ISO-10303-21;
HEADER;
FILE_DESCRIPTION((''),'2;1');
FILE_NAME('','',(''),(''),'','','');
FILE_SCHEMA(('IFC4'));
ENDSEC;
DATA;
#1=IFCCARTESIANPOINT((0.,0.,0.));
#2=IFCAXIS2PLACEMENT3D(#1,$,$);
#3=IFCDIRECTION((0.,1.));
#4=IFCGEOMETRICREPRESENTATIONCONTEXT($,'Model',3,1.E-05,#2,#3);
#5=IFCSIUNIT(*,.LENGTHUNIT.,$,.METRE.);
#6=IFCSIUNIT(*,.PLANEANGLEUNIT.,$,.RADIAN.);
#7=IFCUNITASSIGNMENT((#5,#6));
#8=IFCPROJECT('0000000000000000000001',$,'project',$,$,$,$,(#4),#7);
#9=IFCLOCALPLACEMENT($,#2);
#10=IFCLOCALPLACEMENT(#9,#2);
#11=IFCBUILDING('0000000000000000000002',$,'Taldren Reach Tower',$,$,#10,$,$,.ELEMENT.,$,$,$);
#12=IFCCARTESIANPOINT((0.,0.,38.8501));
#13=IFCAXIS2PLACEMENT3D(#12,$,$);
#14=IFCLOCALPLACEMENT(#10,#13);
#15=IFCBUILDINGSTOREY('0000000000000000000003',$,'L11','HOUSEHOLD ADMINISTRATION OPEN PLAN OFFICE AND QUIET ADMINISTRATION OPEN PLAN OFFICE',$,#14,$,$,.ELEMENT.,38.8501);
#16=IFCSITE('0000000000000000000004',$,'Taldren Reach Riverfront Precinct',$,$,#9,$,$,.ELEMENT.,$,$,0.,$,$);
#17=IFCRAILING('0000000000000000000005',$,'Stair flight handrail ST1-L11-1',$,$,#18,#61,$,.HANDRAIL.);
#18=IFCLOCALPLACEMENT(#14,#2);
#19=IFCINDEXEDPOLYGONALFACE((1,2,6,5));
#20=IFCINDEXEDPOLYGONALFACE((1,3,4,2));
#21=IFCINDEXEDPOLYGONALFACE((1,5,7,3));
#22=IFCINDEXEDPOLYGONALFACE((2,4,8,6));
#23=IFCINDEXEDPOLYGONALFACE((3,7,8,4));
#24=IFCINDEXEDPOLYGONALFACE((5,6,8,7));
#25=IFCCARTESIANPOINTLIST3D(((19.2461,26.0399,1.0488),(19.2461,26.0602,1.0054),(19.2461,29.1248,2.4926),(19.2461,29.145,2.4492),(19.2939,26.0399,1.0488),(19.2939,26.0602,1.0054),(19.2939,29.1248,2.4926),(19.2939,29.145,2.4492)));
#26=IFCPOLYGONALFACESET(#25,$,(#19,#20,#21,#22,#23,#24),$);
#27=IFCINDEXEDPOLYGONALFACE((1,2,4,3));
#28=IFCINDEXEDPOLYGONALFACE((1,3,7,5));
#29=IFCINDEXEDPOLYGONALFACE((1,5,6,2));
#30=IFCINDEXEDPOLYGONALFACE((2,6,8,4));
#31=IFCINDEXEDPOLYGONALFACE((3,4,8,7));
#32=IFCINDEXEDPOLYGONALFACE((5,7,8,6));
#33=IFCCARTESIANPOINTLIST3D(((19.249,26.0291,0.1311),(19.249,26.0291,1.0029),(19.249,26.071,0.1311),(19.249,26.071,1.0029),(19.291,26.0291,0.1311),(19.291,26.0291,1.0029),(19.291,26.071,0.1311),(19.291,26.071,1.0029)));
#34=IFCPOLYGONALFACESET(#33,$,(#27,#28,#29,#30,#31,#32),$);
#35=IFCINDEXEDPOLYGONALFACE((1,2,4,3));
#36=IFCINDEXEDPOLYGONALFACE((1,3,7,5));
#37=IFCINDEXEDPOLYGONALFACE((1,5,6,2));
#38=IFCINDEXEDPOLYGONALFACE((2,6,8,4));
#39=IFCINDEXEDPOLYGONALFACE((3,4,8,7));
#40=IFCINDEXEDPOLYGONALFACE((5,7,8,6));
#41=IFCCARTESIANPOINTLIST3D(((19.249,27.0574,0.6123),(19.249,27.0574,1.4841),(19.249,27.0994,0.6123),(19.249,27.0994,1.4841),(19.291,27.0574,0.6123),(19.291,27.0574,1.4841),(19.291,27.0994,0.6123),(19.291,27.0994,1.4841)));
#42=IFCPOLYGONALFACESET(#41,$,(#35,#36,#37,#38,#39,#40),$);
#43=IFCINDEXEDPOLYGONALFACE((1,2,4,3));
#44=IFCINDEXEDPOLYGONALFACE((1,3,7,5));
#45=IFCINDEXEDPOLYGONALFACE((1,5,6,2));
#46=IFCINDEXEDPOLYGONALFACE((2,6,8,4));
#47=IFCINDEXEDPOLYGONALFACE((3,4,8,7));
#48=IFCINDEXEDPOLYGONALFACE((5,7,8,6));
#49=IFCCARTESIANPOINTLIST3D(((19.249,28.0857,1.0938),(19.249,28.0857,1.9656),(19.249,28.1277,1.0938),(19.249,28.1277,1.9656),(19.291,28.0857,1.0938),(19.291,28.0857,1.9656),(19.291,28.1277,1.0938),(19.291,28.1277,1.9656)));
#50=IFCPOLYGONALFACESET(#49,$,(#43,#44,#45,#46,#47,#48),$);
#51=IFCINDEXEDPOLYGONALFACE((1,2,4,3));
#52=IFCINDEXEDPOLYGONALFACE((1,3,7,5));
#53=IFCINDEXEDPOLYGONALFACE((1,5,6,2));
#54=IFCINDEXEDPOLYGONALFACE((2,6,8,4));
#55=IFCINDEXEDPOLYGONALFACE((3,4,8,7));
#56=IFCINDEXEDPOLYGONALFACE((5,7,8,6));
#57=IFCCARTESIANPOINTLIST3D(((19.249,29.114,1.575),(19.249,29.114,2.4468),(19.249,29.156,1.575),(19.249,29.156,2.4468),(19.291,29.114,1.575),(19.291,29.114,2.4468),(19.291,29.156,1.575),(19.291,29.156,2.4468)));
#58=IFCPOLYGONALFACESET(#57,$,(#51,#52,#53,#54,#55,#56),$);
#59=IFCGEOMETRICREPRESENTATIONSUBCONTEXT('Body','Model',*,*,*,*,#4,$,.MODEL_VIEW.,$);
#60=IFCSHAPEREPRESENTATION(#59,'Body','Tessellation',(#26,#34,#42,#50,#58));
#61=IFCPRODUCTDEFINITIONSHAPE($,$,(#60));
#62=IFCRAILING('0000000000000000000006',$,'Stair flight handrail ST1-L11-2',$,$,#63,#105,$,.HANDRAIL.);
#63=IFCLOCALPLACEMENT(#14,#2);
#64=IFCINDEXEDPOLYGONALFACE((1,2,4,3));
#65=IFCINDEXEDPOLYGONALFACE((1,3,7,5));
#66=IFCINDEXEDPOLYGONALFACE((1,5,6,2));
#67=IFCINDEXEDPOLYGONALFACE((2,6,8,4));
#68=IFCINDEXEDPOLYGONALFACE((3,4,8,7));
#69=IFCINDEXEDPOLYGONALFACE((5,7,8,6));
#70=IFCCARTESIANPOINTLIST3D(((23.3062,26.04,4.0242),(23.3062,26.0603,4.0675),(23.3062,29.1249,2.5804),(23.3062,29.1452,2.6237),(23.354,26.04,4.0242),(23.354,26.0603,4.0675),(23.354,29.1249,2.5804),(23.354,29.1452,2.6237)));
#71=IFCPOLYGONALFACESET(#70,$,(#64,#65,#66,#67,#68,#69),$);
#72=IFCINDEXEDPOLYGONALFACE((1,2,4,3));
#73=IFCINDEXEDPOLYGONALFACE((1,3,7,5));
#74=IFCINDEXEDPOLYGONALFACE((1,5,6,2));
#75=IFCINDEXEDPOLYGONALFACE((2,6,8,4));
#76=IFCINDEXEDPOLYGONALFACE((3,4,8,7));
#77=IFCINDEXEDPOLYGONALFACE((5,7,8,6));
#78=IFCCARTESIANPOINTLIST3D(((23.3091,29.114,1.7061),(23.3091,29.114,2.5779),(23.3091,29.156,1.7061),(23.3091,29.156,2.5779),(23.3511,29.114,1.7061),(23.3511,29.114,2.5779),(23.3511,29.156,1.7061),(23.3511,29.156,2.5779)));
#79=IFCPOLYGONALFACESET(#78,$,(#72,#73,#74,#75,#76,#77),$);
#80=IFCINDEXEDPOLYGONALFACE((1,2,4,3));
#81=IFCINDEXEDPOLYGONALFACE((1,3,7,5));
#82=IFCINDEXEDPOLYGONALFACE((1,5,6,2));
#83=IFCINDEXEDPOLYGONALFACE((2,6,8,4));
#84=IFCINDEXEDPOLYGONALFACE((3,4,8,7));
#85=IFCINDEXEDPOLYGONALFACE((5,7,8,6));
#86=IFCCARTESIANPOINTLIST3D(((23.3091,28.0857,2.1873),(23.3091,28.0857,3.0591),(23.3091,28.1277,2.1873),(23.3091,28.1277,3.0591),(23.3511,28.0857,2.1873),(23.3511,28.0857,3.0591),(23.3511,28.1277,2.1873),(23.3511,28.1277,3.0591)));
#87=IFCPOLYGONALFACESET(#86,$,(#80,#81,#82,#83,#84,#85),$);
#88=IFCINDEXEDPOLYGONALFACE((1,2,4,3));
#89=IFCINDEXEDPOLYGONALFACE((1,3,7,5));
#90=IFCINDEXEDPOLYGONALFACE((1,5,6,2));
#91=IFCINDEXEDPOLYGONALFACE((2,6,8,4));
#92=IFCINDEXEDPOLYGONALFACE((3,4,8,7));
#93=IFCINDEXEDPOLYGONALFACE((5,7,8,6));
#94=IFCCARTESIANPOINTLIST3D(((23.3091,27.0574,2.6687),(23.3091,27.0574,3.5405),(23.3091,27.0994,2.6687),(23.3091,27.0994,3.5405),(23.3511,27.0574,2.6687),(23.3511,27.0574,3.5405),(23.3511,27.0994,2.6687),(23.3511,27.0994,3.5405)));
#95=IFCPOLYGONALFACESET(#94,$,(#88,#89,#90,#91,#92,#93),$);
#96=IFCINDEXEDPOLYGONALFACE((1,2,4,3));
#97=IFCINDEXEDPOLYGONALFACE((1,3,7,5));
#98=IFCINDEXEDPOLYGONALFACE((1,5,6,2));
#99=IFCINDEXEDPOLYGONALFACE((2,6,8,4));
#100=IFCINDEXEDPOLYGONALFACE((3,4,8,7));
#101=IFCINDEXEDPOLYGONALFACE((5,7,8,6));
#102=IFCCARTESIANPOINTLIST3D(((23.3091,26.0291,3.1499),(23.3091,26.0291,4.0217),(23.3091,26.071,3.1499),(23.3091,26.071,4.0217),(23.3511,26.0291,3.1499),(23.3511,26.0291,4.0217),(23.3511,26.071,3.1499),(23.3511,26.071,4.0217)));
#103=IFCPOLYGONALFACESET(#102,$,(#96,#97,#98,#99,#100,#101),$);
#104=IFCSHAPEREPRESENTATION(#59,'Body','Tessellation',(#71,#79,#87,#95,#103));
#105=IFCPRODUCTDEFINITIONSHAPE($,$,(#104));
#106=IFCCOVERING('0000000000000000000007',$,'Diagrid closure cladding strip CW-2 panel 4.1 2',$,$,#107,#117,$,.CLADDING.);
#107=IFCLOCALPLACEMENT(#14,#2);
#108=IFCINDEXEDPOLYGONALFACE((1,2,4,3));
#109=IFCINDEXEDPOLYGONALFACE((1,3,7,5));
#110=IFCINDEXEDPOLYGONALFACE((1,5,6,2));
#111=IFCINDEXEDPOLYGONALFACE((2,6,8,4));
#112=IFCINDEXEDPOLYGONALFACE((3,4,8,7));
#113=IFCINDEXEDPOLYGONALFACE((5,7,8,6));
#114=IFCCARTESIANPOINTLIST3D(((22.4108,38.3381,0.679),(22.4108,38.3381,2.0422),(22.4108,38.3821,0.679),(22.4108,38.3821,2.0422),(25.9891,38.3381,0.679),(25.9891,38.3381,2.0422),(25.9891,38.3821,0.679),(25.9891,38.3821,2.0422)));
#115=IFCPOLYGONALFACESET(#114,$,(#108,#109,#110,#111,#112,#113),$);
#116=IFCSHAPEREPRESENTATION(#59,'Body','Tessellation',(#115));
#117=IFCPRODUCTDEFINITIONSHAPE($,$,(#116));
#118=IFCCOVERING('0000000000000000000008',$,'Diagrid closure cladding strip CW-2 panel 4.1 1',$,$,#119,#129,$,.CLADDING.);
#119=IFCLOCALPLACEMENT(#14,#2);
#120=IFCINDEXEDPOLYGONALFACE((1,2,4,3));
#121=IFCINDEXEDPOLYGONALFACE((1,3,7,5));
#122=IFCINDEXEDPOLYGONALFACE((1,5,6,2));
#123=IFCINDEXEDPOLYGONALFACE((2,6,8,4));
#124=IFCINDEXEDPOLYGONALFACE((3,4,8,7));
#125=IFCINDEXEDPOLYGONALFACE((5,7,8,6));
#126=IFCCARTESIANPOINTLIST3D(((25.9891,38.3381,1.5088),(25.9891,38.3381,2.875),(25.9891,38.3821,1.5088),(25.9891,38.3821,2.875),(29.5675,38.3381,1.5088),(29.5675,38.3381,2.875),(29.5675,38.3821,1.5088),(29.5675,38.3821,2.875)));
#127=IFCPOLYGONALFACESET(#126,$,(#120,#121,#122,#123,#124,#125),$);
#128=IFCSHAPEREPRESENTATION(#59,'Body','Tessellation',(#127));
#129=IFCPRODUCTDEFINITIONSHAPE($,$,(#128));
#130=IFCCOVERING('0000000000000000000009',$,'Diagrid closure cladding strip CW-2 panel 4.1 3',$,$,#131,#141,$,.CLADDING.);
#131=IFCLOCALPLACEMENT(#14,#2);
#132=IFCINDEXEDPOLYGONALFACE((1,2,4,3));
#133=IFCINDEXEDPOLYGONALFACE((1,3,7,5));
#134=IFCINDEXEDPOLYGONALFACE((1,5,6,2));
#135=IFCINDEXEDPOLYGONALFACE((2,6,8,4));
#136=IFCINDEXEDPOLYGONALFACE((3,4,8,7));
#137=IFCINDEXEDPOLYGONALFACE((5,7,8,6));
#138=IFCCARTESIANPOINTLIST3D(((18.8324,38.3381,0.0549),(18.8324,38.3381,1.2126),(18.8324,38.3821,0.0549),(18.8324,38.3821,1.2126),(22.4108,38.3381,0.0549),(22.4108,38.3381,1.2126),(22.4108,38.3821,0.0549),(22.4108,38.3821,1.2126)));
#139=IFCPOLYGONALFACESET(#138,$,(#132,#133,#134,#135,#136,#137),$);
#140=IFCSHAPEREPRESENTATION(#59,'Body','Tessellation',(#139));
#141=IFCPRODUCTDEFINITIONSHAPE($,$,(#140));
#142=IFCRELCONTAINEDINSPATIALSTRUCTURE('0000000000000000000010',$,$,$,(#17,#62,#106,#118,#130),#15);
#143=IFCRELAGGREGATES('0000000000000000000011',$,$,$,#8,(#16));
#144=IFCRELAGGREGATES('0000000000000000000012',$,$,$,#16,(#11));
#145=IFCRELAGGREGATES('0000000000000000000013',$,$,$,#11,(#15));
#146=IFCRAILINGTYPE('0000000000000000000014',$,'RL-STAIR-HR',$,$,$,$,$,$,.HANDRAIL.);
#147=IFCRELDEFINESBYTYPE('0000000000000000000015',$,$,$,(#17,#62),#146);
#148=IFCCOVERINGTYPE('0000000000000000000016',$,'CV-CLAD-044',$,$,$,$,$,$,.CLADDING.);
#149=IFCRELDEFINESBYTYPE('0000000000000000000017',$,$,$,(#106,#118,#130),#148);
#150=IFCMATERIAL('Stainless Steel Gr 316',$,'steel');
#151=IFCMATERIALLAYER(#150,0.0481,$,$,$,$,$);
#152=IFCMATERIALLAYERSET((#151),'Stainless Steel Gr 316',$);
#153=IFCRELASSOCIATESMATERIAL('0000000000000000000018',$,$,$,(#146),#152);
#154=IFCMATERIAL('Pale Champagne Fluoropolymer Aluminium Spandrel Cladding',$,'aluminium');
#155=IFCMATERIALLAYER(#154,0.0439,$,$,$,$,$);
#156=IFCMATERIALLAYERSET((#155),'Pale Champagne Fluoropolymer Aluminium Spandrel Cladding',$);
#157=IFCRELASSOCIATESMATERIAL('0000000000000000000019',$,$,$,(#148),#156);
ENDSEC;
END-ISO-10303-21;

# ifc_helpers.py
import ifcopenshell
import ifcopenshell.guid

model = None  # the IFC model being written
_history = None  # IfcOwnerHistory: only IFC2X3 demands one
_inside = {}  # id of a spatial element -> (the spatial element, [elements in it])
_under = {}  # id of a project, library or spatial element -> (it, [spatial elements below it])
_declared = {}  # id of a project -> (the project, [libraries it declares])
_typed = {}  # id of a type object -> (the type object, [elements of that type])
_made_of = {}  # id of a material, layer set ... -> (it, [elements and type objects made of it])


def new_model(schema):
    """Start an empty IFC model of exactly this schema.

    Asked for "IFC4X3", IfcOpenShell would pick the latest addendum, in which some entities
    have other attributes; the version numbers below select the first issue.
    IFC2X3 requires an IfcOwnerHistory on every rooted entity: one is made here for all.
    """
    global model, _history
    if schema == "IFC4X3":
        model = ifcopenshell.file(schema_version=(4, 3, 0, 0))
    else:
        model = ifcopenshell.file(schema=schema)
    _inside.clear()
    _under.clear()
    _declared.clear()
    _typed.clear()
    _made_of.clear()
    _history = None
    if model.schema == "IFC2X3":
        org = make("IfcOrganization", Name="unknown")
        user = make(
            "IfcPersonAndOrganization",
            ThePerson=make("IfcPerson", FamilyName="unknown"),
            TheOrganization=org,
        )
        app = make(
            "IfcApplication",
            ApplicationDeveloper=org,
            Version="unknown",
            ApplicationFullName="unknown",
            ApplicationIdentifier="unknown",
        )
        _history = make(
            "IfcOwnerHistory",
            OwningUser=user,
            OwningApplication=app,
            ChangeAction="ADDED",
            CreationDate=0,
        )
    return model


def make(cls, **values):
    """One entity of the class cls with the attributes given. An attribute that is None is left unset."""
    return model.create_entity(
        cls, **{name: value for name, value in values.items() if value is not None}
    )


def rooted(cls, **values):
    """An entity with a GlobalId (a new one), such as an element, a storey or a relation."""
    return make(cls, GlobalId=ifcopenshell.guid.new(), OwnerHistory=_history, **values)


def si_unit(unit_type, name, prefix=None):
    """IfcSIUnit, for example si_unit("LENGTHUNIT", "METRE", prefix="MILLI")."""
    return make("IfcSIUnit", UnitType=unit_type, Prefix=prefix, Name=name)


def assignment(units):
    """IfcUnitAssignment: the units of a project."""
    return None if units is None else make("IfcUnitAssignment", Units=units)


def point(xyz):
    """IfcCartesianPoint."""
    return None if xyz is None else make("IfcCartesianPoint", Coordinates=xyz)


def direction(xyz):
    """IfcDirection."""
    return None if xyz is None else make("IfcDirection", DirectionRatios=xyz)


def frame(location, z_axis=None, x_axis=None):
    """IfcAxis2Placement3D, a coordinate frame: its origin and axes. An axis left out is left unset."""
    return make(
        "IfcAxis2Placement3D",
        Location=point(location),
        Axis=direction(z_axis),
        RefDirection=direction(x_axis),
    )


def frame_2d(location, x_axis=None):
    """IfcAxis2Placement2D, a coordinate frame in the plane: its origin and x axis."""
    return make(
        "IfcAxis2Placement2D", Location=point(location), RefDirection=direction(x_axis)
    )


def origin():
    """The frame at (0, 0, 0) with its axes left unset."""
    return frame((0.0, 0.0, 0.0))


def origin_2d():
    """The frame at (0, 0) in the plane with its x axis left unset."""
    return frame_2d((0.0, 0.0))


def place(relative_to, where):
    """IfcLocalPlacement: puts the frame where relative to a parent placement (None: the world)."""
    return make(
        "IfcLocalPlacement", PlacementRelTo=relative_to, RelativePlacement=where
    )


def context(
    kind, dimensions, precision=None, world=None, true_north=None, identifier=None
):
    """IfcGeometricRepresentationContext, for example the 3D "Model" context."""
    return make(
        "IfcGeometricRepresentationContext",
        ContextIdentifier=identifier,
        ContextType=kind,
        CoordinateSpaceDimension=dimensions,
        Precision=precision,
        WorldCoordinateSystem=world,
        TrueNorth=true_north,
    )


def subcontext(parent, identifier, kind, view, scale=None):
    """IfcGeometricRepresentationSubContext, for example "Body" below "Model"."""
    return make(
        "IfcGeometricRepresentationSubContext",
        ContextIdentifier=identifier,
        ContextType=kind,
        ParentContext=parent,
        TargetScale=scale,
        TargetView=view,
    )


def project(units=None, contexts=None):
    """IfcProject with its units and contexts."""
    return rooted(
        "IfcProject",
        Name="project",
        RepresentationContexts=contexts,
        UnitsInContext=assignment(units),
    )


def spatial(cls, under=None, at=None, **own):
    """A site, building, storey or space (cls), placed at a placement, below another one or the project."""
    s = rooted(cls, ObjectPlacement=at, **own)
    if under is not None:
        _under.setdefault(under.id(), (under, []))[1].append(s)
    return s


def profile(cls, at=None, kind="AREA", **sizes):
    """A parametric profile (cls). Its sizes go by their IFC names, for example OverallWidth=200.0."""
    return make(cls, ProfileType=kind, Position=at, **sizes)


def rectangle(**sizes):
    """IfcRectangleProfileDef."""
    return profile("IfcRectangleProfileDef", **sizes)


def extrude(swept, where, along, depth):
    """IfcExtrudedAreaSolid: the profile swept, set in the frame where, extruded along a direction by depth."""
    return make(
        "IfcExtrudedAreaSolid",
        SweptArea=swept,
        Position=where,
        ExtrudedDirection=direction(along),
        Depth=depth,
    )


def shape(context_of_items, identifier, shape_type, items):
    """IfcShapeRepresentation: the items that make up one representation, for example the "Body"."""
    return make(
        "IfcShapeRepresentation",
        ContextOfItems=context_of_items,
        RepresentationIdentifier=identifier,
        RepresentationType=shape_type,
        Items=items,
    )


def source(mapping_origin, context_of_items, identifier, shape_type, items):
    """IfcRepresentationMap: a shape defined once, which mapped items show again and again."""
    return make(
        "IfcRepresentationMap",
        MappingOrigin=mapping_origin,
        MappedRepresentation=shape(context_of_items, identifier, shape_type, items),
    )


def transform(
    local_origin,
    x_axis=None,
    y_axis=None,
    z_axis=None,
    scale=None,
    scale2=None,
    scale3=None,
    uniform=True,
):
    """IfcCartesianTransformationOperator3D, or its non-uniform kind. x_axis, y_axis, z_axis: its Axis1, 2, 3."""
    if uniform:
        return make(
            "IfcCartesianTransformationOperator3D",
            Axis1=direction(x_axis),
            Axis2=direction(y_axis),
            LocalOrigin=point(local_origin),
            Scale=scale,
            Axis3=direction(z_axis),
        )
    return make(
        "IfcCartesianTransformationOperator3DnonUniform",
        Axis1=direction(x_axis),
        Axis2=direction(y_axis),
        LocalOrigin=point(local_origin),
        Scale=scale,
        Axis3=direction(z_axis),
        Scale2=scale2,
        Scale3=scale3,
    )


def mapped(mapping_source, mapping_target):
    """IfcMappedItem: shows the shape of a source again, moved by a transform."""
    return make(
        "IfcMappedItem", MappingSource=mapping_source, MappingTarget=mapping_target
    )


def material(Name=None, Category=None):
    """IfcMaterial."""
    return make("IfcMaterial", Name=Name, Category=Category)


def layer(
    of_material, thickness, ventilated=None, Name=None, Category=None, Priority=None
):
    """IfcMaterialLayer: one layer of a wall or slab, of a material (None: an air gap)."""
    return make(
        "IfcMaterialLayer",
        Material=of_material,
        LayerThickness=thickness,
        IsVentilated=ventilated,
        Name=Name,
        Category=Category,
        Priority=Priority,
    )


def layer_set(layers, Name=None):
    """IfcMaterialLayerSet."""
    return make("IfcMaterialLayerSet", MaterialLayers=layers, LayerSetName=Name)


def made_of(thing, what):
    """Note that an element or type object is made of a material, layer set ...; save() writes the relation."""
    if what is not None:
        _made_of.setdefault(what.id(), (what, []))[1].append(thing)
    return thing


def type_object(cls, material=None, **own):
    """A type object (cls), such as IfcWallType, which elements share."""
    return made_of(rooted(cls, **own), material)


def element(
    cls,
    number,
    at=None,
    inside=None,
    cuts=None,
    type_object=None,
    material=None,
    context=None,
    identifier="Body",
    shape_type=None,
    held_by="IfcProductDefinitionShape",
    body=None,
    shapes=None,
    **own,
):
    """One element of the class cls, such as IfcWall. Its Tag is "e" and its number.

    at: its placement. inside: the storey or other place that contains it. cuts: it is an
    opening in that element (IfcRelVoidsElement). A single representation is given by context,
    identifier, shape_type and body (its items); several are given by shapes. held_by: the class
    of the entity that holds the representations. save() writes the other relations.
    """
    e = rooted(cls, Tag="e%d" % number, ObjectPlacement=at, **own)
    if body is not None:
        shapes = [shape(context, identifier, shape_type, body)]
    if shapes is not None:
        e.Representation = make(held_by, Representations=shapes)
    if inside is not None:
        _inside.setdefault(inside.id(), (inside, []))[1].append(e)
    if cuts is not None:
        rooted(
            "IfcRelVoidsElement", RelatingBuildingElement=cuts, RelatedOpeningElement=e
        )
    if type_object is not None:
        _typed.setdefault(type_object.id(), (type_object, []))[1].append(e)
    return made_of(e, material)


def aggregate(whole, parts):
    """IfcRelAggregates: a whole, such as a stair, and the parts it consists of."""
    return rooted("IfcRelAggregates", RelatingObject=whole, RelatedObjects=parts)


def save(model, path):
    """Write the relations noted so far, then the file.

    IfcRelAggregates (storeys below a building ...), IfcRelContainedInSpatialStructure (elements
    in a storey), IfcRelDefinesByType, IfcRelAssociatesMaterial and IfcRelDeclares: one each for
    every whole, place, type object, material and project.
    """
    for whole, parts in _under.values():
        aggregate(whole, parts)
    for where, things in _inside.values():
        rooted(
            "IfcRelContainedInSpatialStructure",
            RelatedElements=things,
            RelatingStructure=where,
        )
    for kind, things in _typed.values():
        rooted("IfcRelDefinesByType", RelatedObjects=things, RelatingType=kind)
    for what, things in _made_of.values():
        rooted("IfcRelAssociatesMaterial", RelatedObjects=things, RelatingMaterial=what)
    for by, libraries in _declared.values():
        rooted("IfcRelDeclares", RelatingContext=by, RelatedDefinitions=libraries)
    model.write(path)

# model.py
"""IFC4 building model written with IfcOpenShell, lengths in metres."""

from ifc_helpers import new_model, si_unit, direction, frame, origin, origin_2d, place, context, subcontext, project, spatial, rectangle, extrude, source, transform, mapped, material, layer, layer_set, type_object, element, save


model = new_model("IFC4")

# Units and contexts
model_context = context("Model", 3, precision=1e-05, world=origin(), true_north=direction((0.0, 1.0)))
body_context = subcontext(model_context, "Body", "Model", "MODEL_VIEW")
ifc_project = project(units=[si_unit("LENGTHUNIT", "METRE"), si_unit("PLANEANGLEUNIT", "RADIAN")], contexts=[model_context])

# Site, building, storey
site_placement = place(None, origin())
site = spatial("IfcSite", under=ifc_project, at=site_placement, Name="Taldren Reach Riverfront Precinct", CompositionType="ELEMENT", RefElevation=0.0)
building_placement = place(site_placement, origin())
building = spatial("IfcBuilding", under=site, at=building_placement, Name="Taldren Reach Tower", CompositionType="ELEMENT")
storey_placement = place(building_placement, frame((0.0, 0.0, 38.8501)))
storey = spatial("IfcBuildingStorey", under=building, at=storey_placement, Name="L11", Description="HOUSEHOLD ADMINISTRATION OPEN PLAN OFFICE AND QUIET ADMINISTRATION OPEN PLAN OFFICE", CompositionType="ELEMENT", Elevation=38.8501)

# Railings
ifc_material_1 = material(Name="Stainless Steel Gr 316", Category="steel")
ifc_layer_1 = layer(ifc_material_1, 0.0481)
ifc_layer_set_1 = layer_set([ifc_layer_1], Name="Stainless Steel Gr 316")
railing_type_1 = type_object("IfcRailingType", Name="RL-STAIR-HR", PredefinedType="HANDRAIL", material=ifc_layer_set_1)
railing_1_placement = place(storey_placement, frame((19.27, 26.05, 0.1311)))
element("IfcRailing", 1, at=railing_1_placement, inside=storey, type_object=railing_type_1, Name="Stair flight handrail ST1-L11-1", PredefinedType="HANDRAIL", context=body_context, shape_type="SweptSolid", body=[
    extrude(rectangle(XDim=0.0479, YDim=0.0479, at=origin_2d()), frame((0.0, 0.0, 0.896), z_axis=(0.0, 0.90571, 0.423898), x_axis=(-1.0, 0.0, 0.0)), (0.0, 0.0, 1.0), 3.406),
    extrude(rectangle(XDim=0.042, YDim=0.042, at=origin_2d()), origin(), (0.0, 0.0, 1.0), 0.8718),
    extrude(rectangle(XDim=0.042, YDim=0.042, at=origin_2d()), frame((0.0, 1.0283, 0.4812)), (0.0, 0.0, 1.0), 0.8718),
    extrude(rectangle(XDim=0.042, YDim=0.042, at=origin_2d()), frame((0.0, 2.0566, 0.9626)), (0.0, 0.0, 1.0), 0.8718),
    extrude(rectangle(XDim=0.042, YDim=0.042, at=origin_2d()), frame((0.0, 3.085, 1.4438)), (0.0, 0.0, 1.0), 0.8718),
])
railing_2_placement = place(storey_placement, frame((23.3301, 29.135, 1.7061)))
element("IfcRailing", 2, at=railing_2_placement, inside=storey, type_object=railing_type_1, Name="Stair flight handrail ST1-L11-2", PredefinedType="HANDRAIL", context=body_context, shape_type="SweptSolid", body=[
    extrude(rectangle(XDim=0.0479, YDim=0.0479, at=origin_2d()), frame((0.0, 0.0, 0.896), z_axis=(0.0, -0.90571, 0.423898), x_axis=(1.0, 0.0, 0.0)), (0.0, 0.0, 1.0), 3.406),
    extrude(rectangle(XDim=0.042, YDim=0.042, at=origin_2d()), origin(), (0.0, 0.0, 1.0), 0.8718),
    extrude(rectangle(XDim=0.042, YDim=0.042, at=origin_2d()), frame((0.0, -1.0283, 0.4812)), (0.0, 0.0, 1.0), 0.8718),
    extrude(rectangle(XDim=0.042, YDim=0.042, at=origin_2d()), frame((0.0, -2.0566, 0.9626)), (0.0, 0.0, 1.0), 0.8718),
    extrude(rectangle(XDim=0.042, YDim=0.042, at=origin_2d()), frame((0.0, -3.085, 1.4438)), (0.0, 0.0, 1.0), 0.8718),
])

# Coverings
ifc_material_2 = material(Name="Pale Champagne Fluoropolymer Aluminium Spandrel Cladding", Category="aluminium")
ifc_layer_2 = layer(ifc_material_2, 0.0439)
ifc_layer_set_2 = layer_set([ifc_layer_2], Name="Pale Champagne Fluoropolymer Aluminium Spandrel Cladding")
covering_type = type_object("IfcCoveringType", Name="CV-CLAD-044", PredefinedType="CLADDING", material=ifc_layer_set_2)
shared_shape_1 = source(origin(), body_context, "Body", "SweptSolid", [
    extrude(rectangle(XDim=3.5784, YDim=0.0439, at=origin_2d()), origin(), (0.0, 0.0, 1.0), 1.3633),
])
covering_1_placement = place(storey_placement, frame((24.2, 38.3601, 0.679), z_axis=(0.0, 0.0, 1.0), x_axis=(-1.0, 0.0, 0.0)))
element("IfcCovering", 3, at=covering_1_placement, inside=storey, type_object=covering_type, Name="Diagrid closure cladding strip CW-2 panel 4.1 2", PredefinedType="CLADDING", context=body_context, shape_type="MappedRepresentation", body=[
    mapped(shared_shape_1, transform((0.0, 0.0, 0.0), scale=1.0)),
])
shared_shape_2 = source(origin(), body_context, "Body", "SweptSolid", [
    extrude(rectangle(XDim=3.5784, YDim=0.0439, at=origin_2d()), origin(), (0.0, 0.0, 1.0), 1.3662),
])
covering_2_placement = place(storey_placement, frame((27.7783, 38.3601, 1.5088), z_axis=(0.0, 0.0, 1.0), x_axis=(-1.0, 0.0, 0.0)))
element("IfcCovering", 4, at=covering_2_placement, inside=storey, type_object=covering_type, Name="Diagrid closure cladding strip CW-2 panel 4.1 1", PredefinedType="CLADDING", context=body_context, shape_type="MappedRepresentation", body=[
    mapped(shared_shape_2, transform((0.0, 0.0, 0.0), scale=1.0)),
])
shared_shape_3 = source(origin(), body_context, "Body", "SweptSolid", [
    extrude(rectangle(XDim=3.5784, YDim=0.0439, at=origin_2d()), origin(), (0.0, 0.0, 1.0), 1.1577),
])
covering_3_placement = place(storey_placement, frame((20.6216, 38.3601, 0.0549), z_axis=(0.0, 0.0, 1.0), x_axis=(-1.0, 0.0, 0.0)))
element("IfcCovering", 5, at=covering_3_placement, inside=storey, type_object=covering_type, Name="Diagrid closure cladding strip CW-2 panel 4.1 3", PredefinedType="CLADDING", context=body_context, shape_type="MappedRepresentation", body=[
    mapped(shared_shape_3, transform((0.0, 0.0, 0.0), scale=1.0)),
])

save(model, "model.ifc")
